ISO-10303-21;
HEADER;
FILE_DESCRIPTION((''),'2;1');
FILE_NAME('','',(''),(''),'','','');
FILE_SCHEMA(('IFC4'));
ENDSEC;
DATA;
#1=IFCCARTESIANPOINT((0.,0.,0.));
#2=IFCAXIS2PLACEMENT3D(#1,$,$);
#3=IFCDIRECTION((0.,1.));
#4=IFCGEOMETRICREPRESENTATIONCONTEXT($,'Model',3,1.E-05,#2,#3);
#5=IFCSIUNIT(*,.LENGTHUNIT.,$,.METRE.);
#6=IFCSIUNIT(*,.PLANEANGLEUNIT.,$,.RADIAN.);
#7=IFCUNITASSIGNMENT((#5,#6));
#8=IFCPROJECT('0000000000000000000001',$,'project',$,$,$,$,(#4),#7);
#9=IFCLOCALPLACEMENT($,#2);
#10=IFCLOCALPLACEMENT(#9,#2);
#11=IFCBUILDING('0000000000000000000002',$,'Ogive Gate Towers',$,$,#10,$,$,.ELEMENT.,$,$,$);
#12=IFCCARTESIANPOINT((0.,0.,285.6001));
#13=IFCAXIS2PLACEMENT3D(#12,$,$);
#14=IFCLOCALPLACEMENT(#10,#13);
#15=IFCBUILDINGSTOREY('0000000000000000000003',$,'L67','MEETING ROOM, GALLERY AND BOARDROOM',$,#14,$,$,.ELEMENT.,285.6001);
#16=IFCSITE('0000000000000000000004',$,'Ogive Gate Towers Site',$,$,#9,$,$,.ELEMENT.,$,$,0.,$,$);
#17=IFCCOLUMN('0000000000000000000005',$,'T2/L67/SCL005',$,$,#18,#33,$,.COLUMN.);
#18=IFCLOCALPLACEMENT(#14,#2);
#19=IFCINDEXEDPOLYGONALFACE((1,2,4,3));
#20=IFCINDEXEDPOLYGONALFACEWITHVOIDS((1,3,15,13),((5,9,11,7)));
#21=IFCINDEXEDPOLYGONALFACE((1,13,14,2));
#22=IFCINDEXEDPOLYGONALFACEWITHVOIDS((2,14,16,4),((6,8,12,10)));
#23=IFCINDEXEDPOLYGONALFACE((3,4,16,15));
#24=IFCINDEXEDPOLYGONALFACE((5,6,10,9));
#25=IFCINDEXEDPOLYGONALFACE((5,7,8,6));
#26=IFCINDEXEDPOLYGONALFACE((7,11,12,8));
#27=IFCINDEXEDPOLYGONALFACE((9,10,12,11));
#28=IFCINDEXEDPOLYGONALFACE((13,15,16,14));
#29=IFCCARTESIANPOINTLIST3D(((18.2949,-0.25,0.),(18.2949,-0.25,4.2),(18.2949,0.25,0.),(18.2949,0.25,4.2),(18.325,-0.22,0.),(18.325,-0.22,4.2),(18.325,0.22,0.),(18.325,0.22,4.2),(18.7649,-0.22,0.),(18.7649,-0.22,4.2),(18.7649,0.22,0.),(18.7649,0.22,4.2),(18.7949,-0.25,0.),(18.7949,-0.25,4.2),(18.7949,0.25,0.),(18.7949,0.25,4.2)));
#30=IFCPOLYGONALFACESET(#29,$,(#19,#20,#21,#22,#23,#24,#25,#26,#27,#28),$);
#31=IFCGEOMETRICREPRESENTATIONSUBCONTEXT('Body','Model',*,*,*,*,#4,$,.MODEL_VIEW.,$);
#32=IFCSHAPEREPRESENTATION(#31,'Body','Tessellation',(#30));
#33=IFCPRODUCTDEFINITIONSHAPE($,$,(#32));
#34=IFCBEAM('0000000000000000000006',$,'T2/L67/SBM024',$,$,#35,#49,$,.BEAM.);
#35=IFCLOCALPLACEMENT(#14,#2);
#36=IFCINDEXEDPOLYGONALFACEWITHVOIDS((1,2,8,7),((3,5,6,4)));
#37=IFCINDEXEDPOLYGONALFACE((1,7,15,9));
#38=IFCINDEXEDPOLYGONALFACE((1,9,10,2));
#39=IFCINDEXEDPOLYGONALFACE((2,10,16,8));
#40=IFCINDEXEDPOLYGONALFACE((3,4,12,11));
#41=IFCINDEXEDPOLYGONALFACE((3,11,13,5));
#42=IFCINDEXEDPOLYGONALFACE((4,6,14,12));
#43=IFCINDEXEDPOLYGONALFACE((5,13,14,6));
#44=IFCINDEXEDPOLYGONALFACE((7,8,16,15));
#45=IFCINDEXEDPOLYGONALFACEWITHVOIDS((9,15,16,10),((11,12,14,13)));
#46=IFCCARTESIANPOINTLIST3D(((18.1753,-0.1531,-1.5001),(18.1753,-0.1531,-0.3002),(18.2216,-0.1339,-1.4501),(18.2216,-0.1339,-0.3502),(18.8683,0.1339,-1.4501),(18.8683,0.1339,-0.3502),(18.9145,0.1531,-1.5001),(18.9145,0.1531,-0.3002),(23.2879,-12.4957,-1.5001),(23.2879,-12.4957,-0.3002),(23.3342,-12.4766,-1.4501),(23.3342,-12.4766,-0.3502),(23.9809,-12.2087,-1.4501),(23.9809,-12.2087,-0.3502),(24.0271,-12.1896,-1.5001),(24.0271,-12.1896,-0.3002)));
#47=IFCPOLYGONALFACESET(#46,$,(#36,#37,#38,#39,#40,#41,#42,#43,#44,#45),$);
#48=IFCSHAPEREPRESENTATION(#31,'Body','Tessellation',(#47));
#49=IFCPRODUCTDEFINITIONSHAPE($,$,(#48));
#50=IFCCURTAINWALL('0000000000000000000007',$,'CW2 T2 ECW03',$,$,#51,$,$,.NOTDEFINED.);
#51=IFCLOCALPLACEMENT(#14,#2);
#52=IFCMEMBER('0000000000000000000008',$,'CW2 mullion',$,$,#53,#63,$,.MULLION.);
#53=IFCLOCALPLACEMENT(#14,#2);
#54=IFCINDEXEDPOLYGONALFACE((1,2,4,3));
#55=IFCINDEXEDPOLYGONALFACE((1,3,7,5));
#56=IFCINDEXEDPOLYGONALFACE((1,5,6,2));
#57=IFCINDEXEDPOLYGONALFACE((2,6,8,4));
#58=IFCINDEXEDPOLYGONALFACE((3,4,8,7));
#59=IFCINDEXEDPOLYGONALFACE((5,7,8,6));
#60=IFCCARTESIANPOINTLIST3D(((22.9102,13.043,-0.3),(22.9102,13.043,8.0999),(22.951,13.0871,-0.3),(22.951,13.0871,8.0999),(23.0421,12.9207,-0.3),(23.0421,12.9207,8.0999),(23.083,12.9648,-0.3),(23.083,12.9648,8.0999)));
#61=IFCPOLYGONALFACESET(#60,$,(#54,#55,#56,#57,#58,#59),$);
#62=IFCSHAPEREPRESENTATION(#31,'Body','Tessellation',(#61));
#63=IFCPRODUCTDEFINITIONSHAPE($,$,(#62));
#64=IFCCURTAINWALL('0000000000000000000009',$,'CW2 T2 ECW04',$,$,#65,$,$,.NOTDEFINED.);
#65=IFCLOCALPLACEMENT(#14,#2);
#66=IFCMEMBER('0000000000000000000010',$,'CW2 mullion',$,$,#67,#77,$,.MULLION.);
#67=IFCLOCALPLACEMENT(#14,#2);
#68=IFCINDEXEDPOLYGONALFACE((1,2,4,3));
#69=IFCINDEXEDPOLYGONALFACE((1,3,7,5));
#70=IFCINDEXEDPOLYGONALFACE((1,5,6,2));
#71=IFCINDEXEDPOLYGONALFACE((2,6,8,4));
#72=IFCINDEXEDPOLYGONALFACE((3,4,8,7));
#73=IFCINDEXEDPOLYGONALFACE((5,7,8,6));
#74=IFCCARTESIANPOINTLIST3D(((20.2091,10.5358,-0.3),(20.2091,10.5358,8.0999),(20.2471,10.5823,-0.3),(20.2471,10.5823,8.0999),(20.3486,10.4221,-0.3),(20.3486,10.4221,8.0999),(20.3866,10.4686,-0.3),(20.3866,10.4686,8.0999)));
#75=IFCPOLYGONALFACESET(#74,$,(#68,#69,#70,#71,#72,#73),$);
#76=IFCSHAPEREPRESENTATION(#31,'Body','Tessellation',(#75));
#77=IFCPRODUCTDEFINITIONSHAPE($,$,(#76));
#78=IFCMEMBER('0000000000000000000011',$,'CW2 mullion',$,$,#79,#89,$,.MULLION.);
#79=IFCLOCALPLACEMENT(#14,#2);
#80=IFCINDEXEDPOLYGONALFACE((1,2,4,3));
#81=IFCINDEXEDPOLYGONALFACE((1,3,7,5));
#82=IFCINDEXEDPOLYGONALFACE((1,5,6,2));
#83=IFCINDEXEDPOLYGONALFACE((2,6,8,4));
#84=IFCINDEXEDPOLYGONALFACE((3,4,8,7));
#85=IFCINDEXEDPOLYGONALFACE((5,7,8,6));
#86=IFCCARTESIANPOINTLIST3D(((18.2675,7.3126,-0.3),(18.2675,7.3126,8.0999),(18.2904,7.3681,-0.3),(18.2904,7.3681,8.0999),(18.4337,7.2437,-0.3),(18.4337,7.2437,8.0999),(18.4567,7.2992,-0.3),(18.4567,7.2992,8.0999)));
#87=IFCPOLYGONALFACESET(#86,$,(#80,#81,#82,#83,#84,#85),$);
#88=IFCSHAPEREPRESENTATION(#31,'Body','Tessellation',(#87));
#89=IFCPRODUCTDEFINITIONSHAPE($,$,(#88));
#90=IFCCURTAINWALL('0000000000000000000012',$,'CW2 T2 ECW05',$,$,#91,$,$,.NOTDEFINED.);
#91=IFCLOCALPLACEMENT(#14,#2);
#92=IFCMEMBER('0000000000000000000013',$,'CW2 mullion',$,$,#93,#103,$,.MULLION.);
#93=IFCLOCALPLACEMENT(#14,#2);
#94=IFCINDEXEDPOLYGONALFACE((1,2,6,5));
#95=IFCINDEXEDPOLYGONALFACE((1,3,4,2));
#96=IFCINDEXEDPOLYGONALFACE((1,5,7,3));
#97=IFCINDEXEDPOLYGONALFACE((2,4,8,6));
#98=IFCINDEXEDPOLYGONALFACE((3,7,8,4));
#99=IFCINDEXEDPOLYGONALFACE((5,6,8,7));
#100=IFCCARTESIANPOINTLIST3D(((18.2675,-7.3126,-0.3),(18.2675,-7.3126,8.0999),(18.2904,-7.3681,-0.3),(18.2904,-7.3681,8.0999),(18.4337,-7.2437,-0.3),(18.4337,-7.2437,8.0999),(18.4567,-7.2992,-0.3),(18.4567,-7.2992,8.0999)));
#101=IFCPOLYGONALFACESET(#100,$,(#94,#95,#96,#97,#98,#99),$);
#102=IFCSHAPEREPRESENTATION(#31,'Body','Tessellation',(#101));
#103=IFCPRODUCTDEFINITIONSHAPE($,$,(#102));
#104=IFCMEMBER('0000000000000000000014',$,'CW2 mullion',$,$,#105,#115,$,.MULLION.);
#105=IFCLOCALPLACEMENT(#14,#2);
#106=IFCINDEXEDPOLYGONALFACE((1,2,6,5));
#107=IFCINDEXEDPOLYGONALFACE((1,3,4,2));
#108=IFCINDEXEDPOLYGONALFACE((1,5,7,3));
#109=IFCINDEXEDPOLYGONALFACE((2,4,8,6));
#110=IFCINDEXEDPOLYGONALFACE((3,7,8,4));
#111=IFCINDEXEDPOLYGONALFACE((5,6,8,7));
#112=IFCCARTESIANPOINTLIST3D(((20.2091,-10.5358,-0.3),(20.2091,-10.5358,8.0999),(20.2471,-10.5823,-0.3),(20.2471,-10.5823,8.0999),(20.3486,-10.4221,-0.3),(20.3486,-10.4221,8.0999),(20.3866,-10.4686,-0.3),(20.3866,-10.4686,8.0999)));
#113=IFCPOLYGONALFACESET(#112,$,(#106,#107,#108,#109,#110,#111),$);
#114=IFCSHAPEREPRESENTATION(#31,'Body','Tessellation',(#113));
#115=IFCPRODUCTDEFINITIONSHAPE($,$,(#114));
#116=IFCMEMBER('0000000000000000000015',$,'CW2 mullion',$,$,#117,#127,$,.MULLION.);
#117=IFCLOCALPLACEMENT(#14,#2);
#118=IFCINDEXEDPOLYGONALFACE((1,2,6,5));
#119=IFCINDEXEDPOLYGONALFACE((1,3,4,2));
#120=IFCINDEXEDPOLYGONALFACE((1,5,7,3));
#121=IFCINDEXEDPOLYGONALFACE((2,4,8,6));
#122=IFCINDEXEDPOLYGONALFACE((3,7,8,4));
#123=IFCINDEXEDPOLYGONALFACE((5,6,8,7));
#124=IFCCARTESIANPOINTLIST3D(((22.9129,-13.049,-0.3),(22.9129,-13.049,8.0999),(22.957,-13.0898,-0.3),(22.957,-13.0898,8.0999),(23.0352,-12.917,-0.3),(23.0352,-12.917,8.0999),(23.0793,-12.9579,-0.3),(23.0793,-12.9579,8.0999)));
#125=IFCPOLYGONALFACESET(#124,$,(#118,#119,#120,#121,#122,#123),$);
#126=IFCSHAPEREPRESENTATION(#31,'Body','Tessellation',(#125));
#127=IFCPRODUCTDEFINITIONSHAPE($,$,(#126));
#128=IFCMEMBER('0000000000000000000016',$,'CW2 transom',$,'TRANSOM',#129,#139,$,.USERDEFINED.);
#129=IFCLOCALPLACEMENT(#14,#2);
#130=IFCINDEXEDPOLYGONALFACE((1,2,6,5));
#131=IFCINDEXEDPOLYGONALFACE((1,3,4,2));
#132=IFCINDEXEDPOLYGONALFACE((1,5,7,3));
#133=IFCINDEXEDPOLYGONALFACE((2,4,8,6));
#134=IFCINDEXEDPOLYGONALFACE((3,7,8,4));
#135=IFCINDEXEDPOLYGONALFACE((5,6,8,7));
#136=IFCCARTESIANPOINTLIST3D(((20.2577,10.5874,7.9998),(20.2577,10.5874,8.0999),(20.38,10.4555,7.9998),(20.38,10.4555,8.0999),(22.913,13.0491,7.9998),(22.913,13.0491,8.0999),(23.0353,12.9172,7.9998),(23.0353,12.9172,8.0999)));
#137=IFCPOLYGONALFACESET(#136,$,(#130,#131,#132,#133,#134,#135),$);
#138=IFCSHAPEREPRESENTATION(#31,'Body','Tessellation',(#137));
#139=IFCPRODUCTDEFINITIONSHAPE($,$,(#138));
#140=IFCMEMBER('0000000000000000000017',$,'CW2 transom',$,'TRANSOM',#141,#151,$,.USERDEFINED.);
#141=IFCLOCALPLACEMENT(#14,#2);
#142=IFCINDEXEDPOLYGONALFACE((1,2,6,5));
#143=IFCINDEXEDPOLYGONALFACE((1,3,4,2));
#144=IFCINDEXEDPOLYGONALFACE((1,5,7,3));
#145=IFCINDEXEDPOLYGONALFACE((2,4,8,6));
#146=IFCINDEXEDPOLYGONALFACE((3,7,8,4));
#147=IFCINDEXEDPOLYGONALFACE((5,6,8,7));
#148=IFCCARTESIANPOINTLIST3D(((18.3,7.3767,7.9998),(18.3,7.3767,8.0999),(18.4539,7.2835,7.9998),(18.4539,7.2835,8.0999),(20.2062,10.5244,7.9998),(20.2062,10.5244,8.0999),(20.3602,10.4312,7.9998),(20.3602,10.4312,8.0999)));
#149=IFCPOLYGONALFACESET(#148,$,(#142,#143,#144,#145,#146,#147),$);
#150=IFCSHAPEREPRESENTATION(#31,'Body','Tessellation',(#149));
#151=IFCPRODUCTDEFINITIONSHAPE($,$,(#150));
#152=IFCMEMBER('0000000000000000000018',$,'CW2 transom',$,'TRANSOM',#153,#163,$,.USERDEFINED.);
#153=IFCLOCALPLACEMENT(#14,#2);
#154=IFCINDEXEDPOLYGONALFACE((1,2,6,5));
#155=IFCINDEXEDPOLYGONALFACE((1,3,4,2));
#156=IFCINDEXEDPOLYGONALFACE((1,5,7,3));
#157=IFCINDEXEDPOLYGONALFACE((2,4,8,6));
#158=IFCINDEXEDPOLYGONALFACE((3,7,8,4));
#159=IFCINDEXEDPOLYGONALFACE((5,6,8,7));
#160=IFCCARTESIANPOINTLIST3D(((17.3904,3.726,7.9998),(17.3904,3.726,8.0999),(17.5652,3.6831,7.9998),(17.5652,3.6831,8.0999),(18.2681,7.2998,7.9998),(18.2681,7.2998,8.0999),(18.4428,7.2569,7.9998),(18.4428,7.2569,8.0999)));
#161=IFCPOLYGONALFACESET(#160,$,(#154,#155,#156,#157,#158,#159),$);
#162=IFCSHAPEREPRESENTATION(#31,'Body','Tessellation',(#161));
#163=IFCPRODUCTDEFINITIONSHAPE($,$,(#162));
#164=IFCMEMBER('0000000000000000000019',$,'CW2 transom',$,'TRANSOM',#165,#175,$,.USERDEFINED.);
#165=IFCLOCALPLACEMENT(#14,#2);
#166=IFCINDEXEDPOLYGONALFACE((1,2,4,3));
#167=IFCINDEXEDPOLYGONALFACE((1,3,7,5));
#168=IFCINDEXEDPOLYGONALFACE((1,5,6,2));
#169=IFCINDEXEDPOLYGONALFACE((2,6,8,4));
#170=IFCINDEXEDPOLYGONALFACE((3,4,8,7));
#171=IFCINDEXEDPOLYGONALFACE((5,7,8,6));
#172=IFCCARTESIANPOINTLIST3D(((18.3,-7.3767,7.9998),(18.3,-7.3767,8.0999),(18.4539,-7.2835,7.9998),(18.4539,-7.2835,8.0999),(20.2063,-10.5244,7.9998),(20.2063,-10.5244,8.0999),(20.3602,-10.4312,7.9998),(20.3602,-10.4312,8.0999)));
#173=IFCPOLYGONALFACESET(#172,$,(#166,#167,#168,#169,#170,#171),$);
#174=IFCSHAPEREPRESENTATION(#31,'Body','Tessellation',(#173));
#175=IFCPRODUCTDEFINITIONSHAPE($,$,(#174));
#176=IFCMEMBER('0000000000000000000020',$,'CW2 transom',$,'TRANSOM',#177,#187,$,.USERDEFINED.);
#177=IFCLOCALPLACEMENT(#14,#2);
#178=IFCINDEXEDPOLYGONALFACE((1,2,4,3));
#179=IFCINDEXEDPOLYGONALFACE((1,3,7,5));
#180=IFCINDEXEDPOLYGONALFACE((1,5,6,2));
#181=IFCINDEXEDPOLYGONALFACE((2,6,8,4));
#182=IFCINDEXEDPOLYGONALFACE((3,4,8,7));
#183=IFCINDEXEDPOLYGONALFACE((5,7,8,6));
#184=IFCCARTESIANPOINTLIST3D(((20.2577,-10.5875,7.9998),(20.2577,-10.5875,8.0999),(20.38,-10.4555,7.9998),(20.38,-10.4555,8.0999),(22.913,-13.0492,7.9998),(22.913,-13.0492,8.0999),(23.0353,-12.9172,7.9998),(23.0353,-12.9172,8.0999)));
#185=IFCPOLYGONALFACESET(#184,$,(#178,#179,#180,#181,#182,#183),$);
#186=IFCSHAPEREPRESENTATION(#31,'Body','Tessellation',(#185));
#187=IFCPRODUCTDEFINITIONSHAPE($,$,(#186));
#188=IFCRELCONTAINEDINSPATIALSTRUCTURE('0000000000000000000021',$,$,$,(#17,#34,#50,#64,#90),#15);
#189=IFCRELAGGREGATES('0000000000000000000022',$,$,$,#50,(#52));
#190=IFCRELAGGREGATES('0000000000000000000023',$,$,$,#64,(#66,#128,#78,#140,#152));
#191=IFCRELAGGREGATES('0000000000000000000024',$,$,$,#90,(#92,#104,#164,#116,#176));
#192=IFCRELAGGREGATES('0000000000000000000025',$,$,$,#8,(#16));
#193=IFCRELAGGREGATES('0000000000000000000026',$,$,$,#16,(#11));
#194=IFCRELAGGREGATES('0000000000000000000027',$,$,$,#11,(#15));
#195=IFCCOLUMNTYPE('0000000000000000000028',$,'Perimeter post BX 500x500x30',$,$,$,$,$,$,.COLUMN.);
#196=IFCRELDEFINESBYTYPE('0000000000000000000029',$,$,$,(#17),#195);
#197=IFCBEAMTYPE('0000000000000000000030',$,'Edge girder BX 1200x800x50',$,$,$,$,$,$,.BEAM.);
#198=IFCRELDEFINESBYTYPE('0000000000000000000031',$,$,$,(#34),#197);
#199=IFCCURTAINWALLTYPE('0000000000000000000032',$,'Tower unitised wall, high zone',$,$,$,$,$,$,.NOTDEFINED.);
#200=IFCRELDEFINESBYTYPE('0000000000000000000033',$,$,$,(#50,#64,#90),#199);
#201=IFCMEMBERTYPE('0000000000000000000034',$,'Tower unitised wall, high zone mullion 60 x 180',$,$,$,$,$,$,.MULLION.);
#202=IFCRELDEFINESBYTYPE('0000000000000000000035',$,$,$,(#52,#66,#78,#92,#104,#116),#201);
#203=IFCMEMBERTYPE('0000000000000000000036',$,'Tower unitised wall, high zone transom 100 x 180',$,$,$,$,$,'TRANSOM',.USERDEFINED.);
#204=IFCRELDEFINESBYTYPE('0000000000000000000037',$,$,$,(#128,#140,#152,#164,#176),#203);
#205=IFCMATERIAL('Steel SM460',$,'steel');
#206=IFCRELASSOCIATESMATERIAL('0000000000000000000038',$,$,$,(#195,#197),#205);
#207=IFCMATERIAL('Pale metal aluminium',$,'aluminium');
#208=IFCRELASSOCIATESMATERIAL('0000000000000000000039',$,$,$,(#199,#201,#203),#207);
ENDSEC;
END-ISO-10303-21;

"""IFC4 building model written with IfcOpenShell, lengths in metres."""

from ifc_helpers import new_model, si_unit, direction, frame, origin, origin_2d, place, context, subcontext, project, spatial, rectangle, hollow_rectangle, extrude, material, material_profile, profile_set, type_object, element, aggregate, save


model = new_model("IFC4")

# Units and contexts
model_context = context("Model", 3, precision=1e-05, world=origin(), true_north=direction((0.0, 1.0)))
body_context = subcontext(model_context, "Body", "Model", "MODEL_VIEW")
ifc_project = project(units=[si_unit("LENGTHUNIT", "METRE"), si_unit("PLANEANGLEUNIT", "RADIAN")], contexts=[model_context])

# Site, building, storey
site_placement = place(None, origin())
site = spatial("IfcSite", under=ifc_project, at=site_placement, Name="Ogive Gate Towers Site", CompositionType="ELEMENT", RefElevation=0.0)
building_placement = place(site_placement, origin())
building = spatial("IfcBuilding", under=site, at=building_placement, Name="Ogive Gate Towers", CompositionType="ELEMENT")
storey_placement = place(building_placement, frame((0.0, 0.0, 285.6001)))
storey = spatial("IfcBuildingStorey", under=building, at=storey_placement, Name="L67", Description="MEETING ROOM, GALLERY AND BOARDROOM", CompositionType="ELEMENT", Elevation=285.6001)

# Column
ifc_material_1 = material(Name="Steel SM460", Category="steel")
ifc_material_profile_1 = material_profile(ifc_material_1, hollow_rectangle(XDim=0.5, YDim=0.5, WallThickness=0.03, at=origin_2d()), Name="BX 500x500x30")
ifc_profile_set_1 = profile_set([ifc_material_profile_1], Name="Steel SM460")
column_type = type_object("IfcColumnType", Name="Perimeter post BX 500x500x30", PredefinedType="COLUMN", material=ifc_profile_set_1)
column_placement = place(storey_placement, frame((18.5449, 0.0, 0.0), z_axis=(0.0, 0.0, 1.0), x_axis=(1.0, 0.0, 0.0)))
element("IfcColumn", 1, at=column_placement, inside=storey, type_object=column_type, Name="T2/L67/SCL005", PredefinedType="COLUMN", context=body_context, shape_type="SweptSolid", body=[
    extrude(hollow_rectangle(XDim=0.5, YDim=0.5, WallThickness=0.03, at=origin_2d()), origin(), (0.0, 0.0, 1.0), 4.2),
])

# Beam
ifc_material_profile_2 = material_profile(ifc_material_1, hollow_rectangle(XDim=0.8, YDim=1.2, WallThickness=0.05, at=origin_2d()), Name="BX 1200x800x50")
ifc_profile_set_2 = profile_set([ifc_material_profile_2], Name="Steel SM460")
beam_type = type_object("IfcBeamType", Name="Edge girder BX 1200x800x50", PredefinedType="BEAM", material=ifc_profile_set_2)
beam_placement = place(storey_placement, frame((18.5449, 0.0, -0.9001), z_axis=(0.38269, -0.923877, 0.0), x_axis=(0.923877, 0.38269, 0.0)))
element("IfcBeam", 2, at=beam_placement, inside=storey, type_object=beam_type, Name="T2/L67/SBM024", PredefinedType="BEAM", context=body_context, shape_type="SweptSolid", body=[
    extrude(hollow_rectangle(XDim=0.8, YDim=1.2, WallThickness=0.05, at=origin_2d()), origin(), (0.0, 0.0, 1.0), 13.3596),
])

# Curtain wall, member
ifc_material_2 = material(Name="Pale metal aluminium", Category="aluminium")
curtain_wall_type = type_object("IfcCurtainWallType", Name="Tower unitised wall, high zone", PredefinedType="NOTDEFINED", material=ifc_material_2)
curtain_wall_1_placement = place(storey_placement, origin())
curtain_wall_1 = element("IfcCurtainWall", 3, at=curtain_wall_1_placement, inside=storey, type_object=curtain_wall_type, Name="CW2 T2 ECW03", PredefinedType="NOTDEFINED")
ifc_material_profile_3 = material_profile(ifc_material_2, rectangle(XDim=0.1799, YDim=0.0601, at=origin_2d()), Name="60 x 180 aluminium box")
ifc_profile_set_3 = profile_set([ifc_material_profile_3], Name="Pale metal aluminium")
member_type_1 = type_object("IfcMemberType", Name="Tower unitised wall, high zone mullion 60 x 180", PredefinedType="MULLION", material=ifc_profile_set_3)
member_1_placement = place(storey_placement, frame((22.9966, 13.0039, -0.3), z_axis=(0.0, 0.0, 1.0), x_axis=(-0.733338, 0.679864, 0.0)))
member_1 = element("IfcMember", 4, at=member_1_placement, type_object=member_type_1, Name="CW2 mullion", PredefinedType="MULLION", context=body_context, shape_type="SweptSolid", body=[
    extrude(rectangle(XDim=0.1799, YDim=0.0601, at=origin_2d()), origin(), (0.0, 0.0, 1.0), 8.3999),
])
aggregate(curtain_wall_1, [member_1])

# Curtain walls, members
curtain_wall_2_placement = place(storey_placement, origin())
curtain_wall_2 = element("IfcCurtainWall", 5, at=curtain_wall_2_placement, inside=storey, type_object=curtain_wall_type, Name="CW2 T2 ECW04", PredefinedType="NOTDEFINED")
member_2_placement = place(storey_placement, frame((20.2979, 10.5022, -0.3), z_axis=(0.0, 0.0, 1.0), x_axis=(-0.775121, 0.631813, 0.0)))
member_2 = element("IfcMember", 6, at=member_2_placement, type_object=member_type_1, Name="CW2 mullion", PredefinedType="MULLION", context=body_context, shape_type="SweptSolid", body=[
    extrude(rectangle(XDim=0.1799, YDim=0.0601, at=origin_2d()), origin(), (0.0, 0.0, 1.0), 8.3999),
])
member_3_placement = place(storey_placement, frame((18.3621, 7.3059, -0.3), z_axis=(0.0, 0.0, 1.0), x_axis=(-0.92388, 0.382683, 0.0)))
member_3 = element("IfcMember", 7, at=member_3_placement, type_object=member_type_1, Name="CW2 mullion", PredefinedType="MULLION", context=body_context, shape_type="SweptSolid", body=[
    extrude(rectangle(XDim=0.1799, YDim=0.0601, at=origin_2d()), origin(), (0.0, 0.0, 1.0), 8.3999),
])
curtain_wall_3_placement = place(storey_placement, origin())
curtain_wall_3 = element("IfcCurtainWall", 8, at=curtain_wall_3_placement, inside=storey, type_object=curtain_wall_type, Name="CW2 T2 ECW05", PredefinedType="NOTDEFINED")
member_4_placement = place(storey_placement, frame((18.3621, -7.3059, -0.3), z_axis=(0.0, 0.0, 1.0), x_axis=(-0.92388, -0.382683, 0.0)))
member_4 = element("IfcMember", 9, at=member_4_placement, type_object=member_type_1, Name="CW2 mullion", PredefinedType="MULLION", context=body_context, shape_type="SweptSolid", body=[
    extrude(rectangle(XDim=0.1799, YDim=0.0601, at=origin_2d()), origin(), (0.0, 0.0, 1.0), 8.3999),
])
member_5_placement = place(storey_placement, frame((20.2979, -10.5022, -0.3), z_axis=(0.0, 0.0, 1.0), x_axis=(-0.775121, -0.631813, 0.0)))
member_5 = element("IfcMember", 10, at=member_5_placement, type_object=member_type_1, Name="CW2 mullion", PredefinedType="MULLION", context=body_context, shape_type="SweptSolid", body=[
    extrude(rectangle(XDim=0.1799, YDim=0.0601, at=origin_2d()), origin(), (0.0, 0.0, 1.0), 8.3999),
])
member_6_placement = place(storey_placement, frame((22.9961, -13.0034, -0.3), z_axis=(0.0, 0.0, 1.0), x_axis=(-0.679864, -0.733338, 0.0)))
member_6 = element("IfcMember", 11, at=member_6_placement, type_object=member_type_1, Name="CW2 mullion", PredefinedType="MULLION", context=body_context, shape_type="SweptSolid", body=[
    extrude(rectangle(XDim=0.1799, YDim=0.0601, at=origin_2d()), origin(), (0.0, 0.0, 1.0), 8.3999),
])

# Members
ifc_material_profile_4 = material_profile(ifc_material_2, rectangle(XDim=0.1799, YDim=0.1001, at=origin_2d()), Name="100 x 180 aluminium box")
ifc_profile_set_4 = profile_set([ifc_material_profile_4], Name="Pale metal aluminium")
member_type_2 = type_object("IfcMemberType", Name="Tower unitised wall, high zone transom 100 x 180", ElementType="TRANSOM", PredefinedType="USERDEFINED", material=ifc_profile_set_4)
member_7_placement = place(storey_placement, frame((22.9741, 12.9832, 8.0498), z_axis=(-0.733336, -0.679866, 0.0), x_axis=(0.679866, -0.733336, 0.0)))
member_7 = element("IfcMember", 12, at=member_7_placement, type_object=member_type_2, Name="CW2 transom", ObjectType="TRANSOM", PredefinedType="USERDEFINED", context=body_context, shape_type="SweptSolid", body=[
    extrude(rectangle(XDim=0.1799, YDim=0.1001, at=origin_2d()), origin(), (0.0, 0.0, 1.0), 3.6208),
])
member_8_placement = place(storey_placement, frame((20.2832, 10.4778, 8.0498), z_axis=(-0.518013, -0.855372, 0.0), x_axis=(0.855372, -0.518013, 0.0)))
member_8 = element("IfcMember", 13, at=member_8_placement, type_object=member_type_2, Name="CW2 transom", ObjectType="TRANSOM", PredefinedType="USERDEFINED", context=body_context, shape_type="SweptSolid", body=[
    extrude(rectangle(XDim=0.1799, YDim=0.1001, at=origin_2d()), origin(), (0.0, 0.0, 1.0), 3.6799),
])
member_9_placement = place(storey_placement, frame((18.3555, 7.2783, 8.0498), z_axis=(-0.238506, -0.971141, 0.0), x_axis=(0.971141, -0.238506, 0.0)))
member_9 = element("IfcMember", 14, at=member_9_placement, type_object=member_type_2, Name="CW2 transom", ObjectType="TRANSOM", PredefinedType="USERDEFINED", context=body_context, shape_type="SweptSolid", body=[
    extrude(rectangle(XDim=0.1799, YDim=0.1001, at=origin_2d()), origin(), (0.0, 0.0, 1.0), 3.6799),
])
member_10_placement = place(storey_placement, frame((18.377, -7.3301, 8.0498), z_axis=(0.518013, -0.855372, 0.0), x_axis=(0.855372, 0.518013, 0.0)))
member_10 = element("IfcMember", 15, at=member_10_placement, type_object=member_type_2, Name="CW2 transom", ObjectType="TRANSOM", PredefinedType="USERDEFINED", context=body_context, shape_type="SweptSolid", body=[
    extrude(rectangle(XDim=0.1799, YDim=0.1001, at=origin_2d()), origin(), (0.0, 0.0, 1.0), 3.6799),
])
member_11_placement = place(storey_placement, frame((20.3188, -10.5215, 8.0498), z_axis=(0.733336, -0.679866, 0.0), x_axis=(0.679866, 0.733336, 0.0)))
member_11 = element("IfcMember", 16, at=member_11_placement, type_object=member_type_2, Name="CW2 transom", ObjectType="TRANSOM", PredefinedType="USERDEFINED", context=body_context, shape_type="SweptSolid", body=[
    extrude(rectangle(XDim=0.1799, YDim=0.1001, at=origin_2d()), origin(), (0.0, 0.0, 1.0), 3.6208),
])

aggregate(curtain_wall_2, [member_2, member_7, member_3, member_8, member_9])
aggregate(curtain_wall_3, [member_4, member_5, member_10, member_6, member_11])

save(model, "model.ifc")
